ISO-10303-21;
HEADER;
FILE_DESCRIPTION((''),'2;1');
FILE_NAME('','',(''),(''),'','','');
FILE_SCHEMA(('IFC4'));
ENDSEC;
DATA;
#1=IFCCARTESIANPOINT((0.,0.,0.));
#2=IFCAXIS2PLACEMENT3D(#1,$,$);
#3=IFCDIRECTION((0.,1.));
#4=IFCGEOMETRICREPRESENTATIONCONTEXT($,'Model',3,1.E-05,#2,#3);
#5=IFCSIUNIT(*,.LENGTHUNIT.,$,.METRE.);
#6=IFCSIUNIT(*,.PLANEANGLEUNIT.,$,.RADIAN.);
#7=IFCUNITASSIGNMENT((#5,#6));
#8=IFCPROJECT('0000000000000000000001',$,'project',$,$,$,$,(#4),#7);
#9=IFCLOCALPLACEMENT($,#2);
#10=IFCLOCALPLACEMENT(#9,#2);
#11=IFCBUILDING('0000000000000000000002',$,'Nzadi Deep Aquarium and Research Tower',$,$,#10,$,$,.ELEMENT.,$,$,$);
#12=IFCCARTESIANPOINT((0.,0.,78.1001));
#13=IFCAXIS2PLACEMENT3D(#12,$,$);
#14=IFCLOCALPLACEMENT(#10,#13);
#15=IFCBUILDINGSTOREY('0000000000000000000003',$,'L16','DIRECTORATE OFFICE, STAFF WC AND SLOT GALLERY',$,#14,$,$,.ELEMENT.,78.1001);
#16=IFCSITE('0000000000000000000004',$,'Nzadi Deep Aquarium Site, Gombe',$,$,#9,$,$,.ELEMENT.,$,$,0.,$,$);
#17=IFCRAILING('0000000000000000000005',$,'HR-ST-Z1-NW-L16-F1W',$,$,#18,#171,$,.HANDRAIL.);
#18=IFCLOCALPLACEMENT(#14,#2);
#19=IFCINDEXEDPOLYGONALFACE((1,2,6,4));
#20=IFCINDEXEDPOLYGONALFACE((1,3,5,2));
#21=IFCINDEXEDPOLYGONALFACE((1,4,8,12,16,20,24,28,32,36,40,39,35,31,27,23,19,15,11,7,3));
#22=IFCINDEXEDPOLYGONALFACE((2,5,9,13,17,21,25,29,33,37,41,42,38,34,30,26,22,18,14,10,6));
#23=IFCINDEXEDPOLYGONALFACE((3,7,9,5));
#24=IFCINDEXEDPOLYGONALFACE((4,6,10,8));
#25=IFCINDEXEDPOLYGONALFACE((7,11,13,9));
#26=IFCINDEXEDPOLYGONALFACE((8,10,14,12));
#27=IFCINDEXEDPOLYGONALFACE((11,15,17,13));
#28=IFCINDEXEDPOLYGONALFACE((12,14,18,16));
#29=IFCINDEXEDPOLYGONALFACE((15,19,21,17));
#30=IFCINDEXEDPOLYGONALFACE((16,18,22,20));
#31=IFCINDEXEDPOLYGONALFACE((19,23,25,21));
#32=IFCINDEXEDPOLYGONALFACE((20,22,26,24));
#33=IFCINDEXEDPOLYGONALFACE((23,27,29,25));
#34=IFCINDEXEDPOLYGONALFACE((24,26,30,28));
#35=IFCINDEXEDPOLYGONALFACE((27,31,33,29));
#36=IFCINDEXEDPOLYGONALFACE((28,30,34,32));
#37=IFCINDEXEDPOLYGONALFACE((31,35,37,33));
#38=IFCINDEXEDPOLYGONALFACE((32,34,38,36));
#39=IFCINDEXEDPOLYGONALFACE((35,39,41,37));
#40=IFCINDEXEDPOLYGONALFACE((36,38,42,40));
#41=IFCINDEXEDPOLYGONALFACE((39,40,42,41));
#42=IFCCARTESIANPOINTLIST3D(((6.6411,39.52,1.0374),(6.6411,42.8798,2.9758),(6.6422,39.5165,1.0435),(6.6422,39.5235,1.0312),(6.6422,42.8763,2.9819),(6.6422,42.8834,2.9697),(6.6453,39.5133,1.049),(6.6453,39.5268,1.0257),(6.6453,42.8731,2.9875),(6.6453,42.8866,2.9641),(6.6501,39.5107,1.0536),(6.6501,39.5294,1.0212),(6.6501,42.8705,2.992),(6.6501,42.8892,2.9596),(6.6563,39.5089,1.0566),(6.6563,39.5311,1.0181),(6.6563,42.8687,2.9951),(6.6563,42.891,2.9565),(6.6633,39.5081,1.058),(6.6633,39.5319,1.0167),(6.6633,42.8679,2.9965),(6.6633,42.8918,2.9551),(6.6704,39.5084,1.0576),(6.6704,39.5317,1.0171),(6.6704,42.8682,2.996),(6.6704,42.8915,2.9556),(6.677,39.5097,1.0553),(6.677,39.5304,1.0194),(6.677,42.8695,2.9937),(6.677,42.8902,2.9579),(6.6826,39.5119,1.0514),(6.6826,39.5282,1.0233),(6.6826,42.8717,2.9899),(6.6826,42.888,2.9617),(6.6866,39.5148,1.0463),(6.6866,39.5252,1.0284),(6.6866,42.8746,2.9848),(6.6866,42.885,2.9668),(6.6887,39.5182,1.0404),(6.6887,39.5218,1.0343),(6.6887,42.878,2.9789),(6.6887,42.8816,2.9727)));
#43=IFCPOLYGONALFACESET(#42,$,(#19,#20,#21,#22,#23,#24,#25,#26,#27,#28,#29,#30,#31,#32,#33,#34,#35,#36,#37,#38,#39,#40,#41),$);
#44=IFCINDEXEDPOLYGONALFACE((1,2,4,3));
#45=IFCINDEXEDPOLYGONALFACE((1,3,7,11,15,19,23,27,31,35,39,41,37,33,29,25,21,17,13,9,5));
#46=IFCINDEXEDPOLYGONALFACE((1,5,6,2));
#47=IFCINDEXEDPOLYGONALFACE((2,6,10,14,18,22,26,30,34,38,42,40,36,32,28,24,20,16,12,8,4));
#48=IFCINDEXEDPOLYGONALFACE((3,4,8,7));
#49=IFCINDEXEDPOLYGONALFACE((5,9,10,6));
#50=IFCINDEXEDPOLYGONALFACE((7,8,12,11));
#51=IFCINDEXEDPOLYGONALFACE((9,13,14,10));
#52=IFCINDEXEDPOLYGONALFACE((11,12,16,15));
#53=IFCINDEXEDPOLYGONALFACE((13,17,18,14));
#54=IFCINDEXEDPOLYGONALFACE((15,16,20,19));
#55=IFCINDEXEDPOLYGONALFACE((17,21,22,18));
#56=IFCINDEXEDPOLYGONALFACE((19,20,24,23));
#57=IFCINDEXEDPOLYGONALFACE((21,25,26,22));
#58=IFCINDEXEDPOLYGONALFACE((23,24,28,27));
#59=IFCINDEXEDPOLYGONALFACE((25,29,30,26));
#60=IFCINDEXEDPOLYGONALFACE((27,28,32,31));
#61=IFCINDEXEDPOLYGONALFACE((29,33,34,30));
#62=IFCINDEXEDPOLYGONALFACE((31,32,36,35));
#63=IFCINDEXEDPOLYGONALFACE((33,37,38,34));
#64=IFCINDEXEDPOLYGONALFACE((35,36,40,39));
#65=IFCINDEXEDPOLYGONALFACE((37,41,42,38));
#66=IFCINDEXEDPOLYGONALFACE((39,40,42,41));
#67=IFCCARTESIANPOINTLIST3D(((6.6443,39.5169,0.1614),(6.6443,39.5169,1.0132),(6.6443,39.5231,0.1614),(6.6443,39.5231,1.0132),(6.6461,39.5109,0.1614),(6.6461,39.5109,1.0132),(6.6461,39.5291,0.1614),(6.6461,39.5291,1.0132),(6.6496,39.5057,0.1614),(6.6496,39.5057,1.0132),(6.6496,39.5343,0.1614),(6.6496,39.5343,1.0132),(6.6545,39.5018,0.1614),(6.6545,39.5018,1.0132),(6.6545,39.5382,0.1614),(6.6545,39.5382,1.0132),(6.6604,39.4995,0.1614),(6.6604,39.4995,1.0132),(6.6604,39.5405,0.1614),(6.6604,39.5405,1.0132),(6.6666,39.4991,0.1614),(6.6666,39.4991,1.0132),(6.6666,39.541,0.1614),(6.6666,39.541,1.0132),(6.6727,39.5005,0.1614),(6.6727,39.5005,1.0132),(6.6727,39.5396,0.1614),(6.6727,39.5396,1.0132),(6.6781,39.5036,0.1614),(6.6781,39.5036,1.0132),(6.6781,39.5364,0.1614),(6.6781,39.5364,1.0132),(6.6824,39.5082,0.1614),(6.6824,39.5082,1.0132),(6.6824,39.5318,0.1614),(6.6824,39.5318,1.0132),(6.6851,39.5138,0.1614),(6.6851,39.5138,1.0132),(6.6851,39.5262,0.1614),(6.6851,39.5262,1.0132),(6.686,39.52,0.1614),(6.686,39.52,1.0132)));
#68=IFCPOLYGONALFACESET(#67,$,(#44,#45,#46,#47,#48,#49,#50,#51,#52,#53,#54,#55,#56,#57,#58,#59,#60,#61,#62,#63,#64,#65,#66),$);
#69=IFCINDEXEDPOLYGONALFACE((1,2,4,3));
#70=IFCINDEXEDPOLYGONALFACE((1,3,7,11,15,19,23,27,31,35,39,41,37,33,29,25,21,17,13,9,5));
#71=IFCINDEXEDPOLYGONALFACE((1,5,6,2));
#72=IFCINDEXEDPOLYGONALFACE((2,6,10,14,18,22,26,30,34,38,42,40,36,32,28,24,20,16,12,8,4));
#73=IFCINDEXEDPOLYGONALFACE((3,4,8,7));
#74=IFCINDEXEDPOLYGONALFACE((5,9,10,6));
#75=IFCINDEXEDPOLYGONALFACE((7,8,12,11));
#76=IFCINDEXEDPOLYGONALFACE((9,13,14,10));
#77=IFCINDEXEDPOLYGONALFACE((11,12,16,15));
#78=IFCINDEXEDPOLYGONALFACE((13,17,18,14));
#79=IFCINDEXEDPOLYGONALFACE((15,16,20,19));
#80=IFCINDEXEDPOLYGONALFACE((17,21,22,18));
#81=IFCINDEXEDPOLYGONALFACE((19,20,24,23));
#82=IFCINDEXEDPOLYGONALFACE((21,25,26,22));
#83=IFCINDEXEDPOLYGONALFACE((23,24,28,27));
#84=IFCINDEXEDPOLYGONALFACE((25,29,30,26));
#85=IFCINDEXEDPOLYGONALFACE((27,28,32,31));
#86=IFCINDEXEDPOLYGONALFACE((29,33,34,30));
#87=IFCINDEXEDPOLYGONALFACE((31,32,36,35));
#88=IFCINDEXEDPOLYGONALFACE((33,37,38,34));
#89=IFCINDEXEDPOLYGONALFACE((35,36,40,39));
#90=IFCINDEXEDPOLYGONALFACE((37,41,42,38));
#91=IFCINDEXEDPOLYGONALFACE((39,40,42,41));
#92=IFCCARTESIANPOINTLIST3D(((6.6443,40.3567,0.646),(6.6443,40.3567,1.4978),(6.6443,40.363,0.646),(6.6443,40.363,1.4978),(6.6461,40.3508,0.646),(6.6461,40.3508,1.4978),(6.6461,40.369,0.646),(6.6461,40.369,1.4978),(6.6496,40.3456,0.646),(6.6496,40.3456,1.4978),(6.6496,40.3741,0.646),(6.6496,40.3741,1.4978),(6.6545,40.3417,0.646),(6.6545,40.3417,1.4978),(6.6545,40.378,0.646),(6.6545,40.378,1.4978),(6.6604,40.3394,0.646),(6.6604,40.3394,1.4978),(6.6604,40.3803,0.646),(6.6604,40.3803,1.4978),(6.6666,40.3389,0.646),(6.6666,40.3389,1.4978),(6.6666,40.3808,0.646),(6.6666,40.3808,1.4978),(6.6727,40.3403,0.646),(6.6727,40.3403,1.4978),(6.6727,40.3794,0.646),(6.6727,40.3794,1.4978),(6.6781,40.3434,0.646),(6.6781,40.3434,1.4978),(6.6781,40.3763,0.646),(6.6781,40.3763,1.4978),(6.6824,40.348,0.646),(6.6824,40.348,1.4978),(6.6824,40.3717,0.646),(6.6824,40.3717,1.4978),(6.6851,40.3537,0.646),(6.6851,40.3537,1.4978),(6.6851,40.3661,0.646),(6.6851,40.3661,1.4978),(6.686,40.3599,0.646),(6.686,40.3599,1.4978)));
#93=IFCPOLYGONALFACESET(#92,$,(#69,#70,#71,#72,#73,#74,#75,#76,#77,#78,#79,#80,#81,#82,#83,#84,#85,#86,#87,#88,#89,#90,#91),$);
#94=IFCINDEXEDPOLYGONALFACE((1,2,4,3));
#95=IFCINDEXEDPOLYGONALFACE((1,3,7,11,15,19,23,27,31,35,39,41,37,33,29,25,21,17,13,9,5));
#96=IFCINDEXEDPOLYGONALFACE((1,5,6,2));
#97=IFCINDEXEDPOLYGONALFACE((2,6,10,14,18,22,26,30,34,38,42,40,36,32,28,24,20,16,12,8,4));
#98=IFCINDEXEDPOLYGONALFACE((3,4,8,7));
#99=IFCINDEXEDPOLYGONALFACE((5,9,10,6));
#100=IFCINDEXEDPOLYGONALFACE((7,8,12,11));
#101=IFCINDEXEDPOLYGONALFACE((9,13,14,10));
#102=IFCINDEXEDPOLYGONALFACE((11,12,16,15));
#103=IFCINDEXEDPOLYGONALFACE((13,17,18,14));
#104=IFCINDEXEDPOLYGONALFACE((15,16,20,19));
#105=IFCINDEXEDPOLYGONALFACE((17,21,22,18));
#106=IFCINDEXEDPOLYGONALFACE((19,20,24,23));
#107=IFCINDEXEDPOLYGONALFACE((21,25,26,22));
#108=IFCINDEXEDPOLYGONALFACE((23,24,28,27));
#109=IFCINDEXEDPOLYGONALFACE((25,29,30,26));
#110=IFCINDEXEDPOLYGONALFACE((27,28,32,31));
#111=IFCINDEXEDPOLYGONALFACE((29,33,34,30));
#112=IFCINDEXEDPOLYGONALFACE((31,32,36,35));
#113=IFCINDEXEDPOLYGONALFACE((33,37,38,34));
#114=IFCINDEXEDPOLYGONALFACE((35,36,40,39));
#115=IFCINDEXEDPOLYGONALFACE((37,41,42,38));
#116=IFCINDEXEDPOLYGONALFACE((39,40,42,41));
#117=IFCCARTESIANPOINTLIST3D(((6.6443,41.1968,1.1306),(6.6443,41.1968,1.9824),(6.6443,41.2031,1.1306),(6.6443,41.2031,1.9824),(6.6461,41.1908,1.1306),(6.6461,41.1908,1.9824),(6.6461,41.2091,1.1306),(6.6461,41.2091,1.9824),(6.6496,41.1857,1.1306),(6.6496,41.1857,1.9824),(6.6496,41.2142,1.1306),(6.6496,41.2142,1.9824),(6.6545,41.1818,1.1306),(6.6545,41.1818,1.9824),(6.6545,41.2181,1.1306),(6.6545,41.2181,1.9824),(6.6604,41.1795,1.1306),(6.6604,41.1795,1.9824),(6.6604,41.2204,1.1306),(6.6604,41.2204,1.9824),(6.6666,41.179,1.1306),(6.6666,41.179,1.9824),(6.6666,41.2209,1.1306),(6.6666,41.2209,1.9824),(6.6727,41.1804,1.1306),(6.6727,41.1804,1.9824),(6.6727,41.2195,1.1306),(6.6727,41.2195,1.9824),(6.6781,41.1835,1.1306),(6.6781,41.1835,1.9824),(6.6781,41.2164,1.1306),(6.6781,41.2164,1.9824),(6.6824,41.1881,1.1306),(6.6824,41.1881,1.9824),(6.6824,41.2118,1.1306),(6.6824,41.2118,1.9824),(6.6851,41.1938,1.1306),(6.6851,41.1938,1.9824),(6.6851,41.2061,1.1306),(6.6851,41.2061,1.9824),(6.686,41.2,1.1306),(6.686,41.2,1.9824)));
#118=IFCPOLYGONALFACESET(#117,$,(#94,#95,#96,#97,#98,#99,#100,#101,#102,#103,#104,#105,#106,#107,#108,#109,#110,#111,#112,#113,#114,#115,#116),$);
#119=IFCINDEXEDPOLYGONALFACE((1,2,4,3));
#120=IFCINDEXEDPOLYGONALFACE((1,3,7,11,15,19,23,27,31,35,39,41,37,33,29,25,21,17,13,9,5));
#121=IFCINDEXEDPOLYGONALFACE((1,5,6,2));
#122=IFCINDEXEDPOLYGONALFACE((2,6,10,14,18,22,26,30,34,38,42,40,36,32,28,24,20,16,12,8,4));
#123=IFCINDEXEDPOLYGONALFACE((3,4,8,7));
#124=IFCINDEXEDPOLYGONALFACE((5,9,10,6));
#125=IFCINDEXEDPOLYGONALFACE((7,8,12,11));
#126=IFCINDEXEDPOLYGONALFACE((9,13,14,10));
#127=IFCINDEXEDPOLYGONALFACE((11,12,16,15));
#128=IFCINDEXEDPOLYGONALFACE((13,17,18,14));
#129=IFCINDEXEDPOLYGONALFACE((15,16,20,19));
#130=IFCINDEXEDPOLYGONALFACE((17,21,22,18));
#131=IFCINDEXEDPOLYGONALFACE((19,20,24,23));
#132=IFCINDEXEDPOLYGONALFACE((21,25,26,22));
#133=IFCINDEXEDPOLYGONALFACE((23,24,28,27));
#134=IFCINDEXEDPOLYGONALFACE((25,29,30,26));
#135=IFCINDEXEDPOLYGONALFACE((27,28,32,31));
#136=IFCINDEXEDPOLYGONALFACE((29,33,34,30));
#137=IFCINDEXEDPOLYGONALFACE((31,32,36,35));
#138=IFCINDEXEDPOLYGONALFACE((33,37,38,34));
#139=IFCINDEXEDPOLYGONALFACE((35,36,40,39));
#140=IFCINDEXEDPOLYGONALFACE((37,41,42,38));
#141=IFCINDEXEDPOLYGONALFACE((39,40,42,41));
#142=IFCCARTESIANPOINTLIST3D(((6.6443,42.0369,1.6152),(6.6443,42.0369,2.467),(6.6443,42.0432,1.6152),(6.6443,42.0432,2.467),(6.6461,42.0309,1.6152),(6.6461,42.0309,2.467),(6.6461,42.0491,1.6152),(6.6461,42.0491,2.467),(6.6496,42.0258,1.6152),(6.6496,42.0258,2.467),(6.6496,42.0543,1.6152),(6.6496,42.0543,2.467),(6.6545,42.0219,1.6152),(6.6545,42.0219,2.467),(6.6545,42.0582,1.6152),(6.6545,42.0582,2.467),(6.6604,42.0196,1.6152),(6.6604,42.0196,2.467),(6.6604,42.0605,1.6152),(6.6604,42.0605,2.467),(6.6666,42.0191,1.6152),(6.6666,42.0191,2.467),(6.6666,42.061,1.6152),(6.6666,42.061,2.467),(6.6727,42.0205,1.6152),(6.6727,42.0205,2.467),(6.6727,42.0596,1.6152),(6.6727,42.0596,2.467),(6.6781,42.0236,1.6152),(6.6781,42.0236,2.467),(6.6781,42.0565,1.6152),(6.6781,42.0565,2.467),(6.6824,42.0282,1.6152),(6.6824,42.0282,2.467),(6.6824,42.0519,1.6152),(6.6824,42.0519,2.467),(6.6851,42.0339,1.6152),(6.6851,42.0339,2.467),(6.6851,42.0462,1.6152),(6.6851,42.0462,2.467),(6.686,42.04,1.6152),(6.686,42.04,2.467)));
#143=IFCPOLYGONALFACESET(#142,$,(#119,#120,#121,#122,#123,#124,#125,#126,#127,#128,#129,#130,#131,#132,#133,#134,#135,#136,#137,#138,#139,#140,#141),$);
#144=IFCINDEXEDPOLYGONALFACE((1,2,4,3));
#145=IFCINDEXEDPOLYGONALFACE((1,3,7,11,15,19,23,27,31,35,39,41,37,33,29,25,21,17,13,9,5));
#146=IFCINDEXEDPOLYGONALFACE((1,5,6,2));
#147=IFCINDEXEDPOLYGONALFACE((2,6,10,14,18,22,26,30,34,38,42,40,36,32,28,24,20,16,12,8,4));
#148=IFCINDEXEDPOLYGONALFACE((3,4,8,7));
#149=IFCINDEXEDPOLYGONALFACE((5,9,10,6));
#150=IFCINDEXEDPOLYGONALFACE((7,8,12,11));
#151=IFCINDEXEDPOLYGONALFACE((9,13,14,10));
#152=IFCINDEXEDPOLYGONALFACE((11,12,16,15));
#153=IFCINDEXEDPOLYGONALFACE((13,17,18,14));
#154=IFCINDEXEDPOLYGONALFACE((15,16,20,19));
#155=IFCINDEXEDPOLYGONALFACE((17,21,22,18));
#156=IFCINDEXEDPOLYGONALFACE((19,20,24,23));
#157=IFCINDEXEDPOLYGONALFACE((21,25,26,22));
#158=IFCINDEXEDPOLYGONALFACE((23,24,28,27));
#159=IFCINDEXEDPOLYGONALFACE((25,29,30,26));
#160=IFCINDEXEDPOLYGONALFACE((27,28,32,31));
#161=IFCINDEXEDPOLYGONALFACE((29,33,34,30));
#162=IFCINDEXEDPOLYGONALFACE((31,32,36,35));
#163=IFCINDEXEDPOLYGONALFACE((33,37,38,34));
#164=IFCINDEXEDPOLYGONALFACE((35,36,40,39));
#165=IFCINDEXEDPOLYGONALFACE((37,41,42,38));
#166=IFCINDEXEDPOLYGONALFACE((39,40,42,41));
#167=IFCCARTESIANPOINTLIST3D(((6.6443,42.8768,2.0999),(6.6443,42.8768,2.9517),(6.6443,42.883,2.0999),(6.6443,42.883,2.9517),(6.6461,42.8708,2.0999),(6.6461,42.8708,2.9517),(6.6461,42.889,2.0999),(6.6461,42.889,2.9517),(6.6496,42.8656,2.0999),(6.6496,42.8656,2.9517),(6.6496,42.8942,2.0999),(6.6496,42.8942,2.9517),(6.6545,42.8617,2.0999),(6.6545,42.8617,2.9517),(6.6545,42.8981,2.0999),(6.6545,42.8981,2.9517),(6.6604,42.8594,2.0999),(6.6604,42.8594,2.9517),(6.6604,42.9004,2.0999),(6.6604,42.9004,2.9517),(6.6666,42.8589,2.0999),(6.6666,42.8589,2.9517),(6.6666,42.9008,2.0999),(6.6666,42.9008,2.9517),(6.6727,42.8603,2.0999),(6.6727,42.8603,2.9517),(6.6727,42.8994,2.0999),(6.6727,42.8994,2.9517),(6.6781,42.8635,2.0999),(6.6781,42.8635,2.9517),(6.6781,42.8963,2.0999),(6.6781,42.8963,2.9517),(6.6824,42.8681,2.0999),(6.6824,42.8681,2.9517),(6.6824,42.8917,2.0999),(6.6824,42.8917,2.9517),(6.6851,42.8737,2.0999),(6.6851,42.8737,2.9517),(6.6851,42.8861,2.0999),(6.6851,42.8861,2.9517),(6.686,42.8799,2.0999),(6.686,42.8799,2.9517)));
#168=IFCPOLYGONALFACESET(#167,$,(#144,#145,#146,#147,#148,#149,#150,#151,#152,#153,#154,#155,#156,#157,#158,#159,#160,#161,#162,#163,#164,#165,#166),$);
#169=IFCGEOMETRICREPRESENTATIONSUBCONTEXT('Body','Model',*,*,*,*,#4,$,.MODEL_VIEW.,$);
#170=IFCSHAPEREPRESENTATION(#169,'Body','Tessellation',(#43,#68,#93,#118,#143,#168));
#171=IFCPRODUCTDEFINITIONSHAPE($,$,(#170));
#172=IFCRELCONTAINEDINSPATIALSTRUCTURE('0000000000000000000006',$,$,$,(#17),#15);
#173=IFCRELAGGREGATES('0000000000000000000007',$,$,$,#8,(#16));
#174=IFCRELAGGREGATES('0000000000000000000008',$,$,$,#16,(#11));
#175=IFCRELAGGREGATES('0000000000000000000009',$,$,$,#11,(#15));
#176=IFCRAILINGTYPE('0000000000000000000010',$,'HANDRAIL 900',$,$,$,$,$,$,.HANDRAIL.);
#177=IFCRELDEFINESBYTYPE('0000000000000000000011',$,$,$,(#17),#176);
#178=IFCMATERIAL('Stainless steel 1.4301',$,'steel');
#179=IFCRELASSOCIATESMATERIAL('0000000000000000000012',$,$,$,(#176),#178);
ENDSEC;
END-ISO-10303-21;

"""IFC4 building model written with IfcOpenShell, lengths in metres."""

from ifc_helpers import new_model, si_unit, direction, frame, origin, origin_2d, place, context, subcontext, project, spatial, circle, extrude, material, type_object, element, save


model = new_model("IFC4")

# Units and contexts
model_context = context("Model", 3, precision=1e-05, world=origin(), true_north=direction((0.0, 1.0)))
body_context = subcontext(model_context, "Body", "Model", "MODEL_VIEW")
ifc_project = project(units=[si_unit("LENGTHUNIT", "METRE"), si_unit("PLANEANGLEUNIT", "RADIAN")], contexts=[model_context])

# Site, building, storey
site_placement = place(None, origin())
site = spatial("IfcSite", under=ifc_project, at=site_placement, Name="Nzadi Deep Aquarium Site, Gombe", CompositionType="ELEMENT", RefElevation=0.0)
building_placement = place(site_placement, origin())
building = spatial("IfcBuilding", under=site, at=building_placement, Name="Nzadi Deep Aquarium and Research Tower", CompositionType="ELEMENT")
storey_placement = place(building_placement, frame((0.0, 0.0, 78.1001)))
storey = spatial("IfcBuildingStorey", under=building, at=storey_placement, Name="L16", Description="DIRECTORATE OFFICE, STAFF WC AND SLOT GALLERY", CompositionType="ELEMENT", Elevation=78.1001)

# Railing
ifc_material_1 = material(Name="Stainless steel 1.4301", Category="steel")
railing_type = type_object("IfcRailingType", Name="HANDRAIL 900", PredefinedType="HANDRAIL", material=ifc_material_1)
railing_placement = place(storey_placement, frame((6.665, 39.52, 0.1614)))
element("IfcRailing", 1, at=railing_placement, inside=storey, type_object=railing_type, Name="HR-ST-Z1-NW-L16-F1W", PredefinedType="HANDRAIL", context=body_context, shape_type="SweptSolid", body=[
    extrude(circle(Radius=0.0239, at=origin_2d()), frame((0.0, 0.0, 0.876), z_axis=(0.0, 0.866175, 0.499741), x_axis=(-1.0, 0.0, 0.0)), (0.0, 0.0, 1.0), 3.8789),
    extrude(circle(Radius=0.021, at=origin_2d()), origin(), (0.0, 0.0, 1.0), 0.8518),
    extrude(circle(Radius=0.021, at=origin_2d()), frame((0.0, 0.8398, 0.4846)), (0.0, 0.0, 1.0), 0.8518),
    extrude(circle(Radius=0.021, at=origin_2d()), frame((0.0, 1.6799, 0.9692)), (0.0, 0.0, 1.0), 0.8518),
    extrude(circle(Radius=0.021, at=origin_2d()), frame((0.0, 2.52, 1.4539)), (0.0, 0.0, 1.0), 0.8518),
    extrude(circle(Radius=0.021, at=origin_2d()), frame((0.0, 3.3599, 1.9385)), (0.0, 0.0, 1.0), 0.8518),
])

save(model, "model.ifc")
